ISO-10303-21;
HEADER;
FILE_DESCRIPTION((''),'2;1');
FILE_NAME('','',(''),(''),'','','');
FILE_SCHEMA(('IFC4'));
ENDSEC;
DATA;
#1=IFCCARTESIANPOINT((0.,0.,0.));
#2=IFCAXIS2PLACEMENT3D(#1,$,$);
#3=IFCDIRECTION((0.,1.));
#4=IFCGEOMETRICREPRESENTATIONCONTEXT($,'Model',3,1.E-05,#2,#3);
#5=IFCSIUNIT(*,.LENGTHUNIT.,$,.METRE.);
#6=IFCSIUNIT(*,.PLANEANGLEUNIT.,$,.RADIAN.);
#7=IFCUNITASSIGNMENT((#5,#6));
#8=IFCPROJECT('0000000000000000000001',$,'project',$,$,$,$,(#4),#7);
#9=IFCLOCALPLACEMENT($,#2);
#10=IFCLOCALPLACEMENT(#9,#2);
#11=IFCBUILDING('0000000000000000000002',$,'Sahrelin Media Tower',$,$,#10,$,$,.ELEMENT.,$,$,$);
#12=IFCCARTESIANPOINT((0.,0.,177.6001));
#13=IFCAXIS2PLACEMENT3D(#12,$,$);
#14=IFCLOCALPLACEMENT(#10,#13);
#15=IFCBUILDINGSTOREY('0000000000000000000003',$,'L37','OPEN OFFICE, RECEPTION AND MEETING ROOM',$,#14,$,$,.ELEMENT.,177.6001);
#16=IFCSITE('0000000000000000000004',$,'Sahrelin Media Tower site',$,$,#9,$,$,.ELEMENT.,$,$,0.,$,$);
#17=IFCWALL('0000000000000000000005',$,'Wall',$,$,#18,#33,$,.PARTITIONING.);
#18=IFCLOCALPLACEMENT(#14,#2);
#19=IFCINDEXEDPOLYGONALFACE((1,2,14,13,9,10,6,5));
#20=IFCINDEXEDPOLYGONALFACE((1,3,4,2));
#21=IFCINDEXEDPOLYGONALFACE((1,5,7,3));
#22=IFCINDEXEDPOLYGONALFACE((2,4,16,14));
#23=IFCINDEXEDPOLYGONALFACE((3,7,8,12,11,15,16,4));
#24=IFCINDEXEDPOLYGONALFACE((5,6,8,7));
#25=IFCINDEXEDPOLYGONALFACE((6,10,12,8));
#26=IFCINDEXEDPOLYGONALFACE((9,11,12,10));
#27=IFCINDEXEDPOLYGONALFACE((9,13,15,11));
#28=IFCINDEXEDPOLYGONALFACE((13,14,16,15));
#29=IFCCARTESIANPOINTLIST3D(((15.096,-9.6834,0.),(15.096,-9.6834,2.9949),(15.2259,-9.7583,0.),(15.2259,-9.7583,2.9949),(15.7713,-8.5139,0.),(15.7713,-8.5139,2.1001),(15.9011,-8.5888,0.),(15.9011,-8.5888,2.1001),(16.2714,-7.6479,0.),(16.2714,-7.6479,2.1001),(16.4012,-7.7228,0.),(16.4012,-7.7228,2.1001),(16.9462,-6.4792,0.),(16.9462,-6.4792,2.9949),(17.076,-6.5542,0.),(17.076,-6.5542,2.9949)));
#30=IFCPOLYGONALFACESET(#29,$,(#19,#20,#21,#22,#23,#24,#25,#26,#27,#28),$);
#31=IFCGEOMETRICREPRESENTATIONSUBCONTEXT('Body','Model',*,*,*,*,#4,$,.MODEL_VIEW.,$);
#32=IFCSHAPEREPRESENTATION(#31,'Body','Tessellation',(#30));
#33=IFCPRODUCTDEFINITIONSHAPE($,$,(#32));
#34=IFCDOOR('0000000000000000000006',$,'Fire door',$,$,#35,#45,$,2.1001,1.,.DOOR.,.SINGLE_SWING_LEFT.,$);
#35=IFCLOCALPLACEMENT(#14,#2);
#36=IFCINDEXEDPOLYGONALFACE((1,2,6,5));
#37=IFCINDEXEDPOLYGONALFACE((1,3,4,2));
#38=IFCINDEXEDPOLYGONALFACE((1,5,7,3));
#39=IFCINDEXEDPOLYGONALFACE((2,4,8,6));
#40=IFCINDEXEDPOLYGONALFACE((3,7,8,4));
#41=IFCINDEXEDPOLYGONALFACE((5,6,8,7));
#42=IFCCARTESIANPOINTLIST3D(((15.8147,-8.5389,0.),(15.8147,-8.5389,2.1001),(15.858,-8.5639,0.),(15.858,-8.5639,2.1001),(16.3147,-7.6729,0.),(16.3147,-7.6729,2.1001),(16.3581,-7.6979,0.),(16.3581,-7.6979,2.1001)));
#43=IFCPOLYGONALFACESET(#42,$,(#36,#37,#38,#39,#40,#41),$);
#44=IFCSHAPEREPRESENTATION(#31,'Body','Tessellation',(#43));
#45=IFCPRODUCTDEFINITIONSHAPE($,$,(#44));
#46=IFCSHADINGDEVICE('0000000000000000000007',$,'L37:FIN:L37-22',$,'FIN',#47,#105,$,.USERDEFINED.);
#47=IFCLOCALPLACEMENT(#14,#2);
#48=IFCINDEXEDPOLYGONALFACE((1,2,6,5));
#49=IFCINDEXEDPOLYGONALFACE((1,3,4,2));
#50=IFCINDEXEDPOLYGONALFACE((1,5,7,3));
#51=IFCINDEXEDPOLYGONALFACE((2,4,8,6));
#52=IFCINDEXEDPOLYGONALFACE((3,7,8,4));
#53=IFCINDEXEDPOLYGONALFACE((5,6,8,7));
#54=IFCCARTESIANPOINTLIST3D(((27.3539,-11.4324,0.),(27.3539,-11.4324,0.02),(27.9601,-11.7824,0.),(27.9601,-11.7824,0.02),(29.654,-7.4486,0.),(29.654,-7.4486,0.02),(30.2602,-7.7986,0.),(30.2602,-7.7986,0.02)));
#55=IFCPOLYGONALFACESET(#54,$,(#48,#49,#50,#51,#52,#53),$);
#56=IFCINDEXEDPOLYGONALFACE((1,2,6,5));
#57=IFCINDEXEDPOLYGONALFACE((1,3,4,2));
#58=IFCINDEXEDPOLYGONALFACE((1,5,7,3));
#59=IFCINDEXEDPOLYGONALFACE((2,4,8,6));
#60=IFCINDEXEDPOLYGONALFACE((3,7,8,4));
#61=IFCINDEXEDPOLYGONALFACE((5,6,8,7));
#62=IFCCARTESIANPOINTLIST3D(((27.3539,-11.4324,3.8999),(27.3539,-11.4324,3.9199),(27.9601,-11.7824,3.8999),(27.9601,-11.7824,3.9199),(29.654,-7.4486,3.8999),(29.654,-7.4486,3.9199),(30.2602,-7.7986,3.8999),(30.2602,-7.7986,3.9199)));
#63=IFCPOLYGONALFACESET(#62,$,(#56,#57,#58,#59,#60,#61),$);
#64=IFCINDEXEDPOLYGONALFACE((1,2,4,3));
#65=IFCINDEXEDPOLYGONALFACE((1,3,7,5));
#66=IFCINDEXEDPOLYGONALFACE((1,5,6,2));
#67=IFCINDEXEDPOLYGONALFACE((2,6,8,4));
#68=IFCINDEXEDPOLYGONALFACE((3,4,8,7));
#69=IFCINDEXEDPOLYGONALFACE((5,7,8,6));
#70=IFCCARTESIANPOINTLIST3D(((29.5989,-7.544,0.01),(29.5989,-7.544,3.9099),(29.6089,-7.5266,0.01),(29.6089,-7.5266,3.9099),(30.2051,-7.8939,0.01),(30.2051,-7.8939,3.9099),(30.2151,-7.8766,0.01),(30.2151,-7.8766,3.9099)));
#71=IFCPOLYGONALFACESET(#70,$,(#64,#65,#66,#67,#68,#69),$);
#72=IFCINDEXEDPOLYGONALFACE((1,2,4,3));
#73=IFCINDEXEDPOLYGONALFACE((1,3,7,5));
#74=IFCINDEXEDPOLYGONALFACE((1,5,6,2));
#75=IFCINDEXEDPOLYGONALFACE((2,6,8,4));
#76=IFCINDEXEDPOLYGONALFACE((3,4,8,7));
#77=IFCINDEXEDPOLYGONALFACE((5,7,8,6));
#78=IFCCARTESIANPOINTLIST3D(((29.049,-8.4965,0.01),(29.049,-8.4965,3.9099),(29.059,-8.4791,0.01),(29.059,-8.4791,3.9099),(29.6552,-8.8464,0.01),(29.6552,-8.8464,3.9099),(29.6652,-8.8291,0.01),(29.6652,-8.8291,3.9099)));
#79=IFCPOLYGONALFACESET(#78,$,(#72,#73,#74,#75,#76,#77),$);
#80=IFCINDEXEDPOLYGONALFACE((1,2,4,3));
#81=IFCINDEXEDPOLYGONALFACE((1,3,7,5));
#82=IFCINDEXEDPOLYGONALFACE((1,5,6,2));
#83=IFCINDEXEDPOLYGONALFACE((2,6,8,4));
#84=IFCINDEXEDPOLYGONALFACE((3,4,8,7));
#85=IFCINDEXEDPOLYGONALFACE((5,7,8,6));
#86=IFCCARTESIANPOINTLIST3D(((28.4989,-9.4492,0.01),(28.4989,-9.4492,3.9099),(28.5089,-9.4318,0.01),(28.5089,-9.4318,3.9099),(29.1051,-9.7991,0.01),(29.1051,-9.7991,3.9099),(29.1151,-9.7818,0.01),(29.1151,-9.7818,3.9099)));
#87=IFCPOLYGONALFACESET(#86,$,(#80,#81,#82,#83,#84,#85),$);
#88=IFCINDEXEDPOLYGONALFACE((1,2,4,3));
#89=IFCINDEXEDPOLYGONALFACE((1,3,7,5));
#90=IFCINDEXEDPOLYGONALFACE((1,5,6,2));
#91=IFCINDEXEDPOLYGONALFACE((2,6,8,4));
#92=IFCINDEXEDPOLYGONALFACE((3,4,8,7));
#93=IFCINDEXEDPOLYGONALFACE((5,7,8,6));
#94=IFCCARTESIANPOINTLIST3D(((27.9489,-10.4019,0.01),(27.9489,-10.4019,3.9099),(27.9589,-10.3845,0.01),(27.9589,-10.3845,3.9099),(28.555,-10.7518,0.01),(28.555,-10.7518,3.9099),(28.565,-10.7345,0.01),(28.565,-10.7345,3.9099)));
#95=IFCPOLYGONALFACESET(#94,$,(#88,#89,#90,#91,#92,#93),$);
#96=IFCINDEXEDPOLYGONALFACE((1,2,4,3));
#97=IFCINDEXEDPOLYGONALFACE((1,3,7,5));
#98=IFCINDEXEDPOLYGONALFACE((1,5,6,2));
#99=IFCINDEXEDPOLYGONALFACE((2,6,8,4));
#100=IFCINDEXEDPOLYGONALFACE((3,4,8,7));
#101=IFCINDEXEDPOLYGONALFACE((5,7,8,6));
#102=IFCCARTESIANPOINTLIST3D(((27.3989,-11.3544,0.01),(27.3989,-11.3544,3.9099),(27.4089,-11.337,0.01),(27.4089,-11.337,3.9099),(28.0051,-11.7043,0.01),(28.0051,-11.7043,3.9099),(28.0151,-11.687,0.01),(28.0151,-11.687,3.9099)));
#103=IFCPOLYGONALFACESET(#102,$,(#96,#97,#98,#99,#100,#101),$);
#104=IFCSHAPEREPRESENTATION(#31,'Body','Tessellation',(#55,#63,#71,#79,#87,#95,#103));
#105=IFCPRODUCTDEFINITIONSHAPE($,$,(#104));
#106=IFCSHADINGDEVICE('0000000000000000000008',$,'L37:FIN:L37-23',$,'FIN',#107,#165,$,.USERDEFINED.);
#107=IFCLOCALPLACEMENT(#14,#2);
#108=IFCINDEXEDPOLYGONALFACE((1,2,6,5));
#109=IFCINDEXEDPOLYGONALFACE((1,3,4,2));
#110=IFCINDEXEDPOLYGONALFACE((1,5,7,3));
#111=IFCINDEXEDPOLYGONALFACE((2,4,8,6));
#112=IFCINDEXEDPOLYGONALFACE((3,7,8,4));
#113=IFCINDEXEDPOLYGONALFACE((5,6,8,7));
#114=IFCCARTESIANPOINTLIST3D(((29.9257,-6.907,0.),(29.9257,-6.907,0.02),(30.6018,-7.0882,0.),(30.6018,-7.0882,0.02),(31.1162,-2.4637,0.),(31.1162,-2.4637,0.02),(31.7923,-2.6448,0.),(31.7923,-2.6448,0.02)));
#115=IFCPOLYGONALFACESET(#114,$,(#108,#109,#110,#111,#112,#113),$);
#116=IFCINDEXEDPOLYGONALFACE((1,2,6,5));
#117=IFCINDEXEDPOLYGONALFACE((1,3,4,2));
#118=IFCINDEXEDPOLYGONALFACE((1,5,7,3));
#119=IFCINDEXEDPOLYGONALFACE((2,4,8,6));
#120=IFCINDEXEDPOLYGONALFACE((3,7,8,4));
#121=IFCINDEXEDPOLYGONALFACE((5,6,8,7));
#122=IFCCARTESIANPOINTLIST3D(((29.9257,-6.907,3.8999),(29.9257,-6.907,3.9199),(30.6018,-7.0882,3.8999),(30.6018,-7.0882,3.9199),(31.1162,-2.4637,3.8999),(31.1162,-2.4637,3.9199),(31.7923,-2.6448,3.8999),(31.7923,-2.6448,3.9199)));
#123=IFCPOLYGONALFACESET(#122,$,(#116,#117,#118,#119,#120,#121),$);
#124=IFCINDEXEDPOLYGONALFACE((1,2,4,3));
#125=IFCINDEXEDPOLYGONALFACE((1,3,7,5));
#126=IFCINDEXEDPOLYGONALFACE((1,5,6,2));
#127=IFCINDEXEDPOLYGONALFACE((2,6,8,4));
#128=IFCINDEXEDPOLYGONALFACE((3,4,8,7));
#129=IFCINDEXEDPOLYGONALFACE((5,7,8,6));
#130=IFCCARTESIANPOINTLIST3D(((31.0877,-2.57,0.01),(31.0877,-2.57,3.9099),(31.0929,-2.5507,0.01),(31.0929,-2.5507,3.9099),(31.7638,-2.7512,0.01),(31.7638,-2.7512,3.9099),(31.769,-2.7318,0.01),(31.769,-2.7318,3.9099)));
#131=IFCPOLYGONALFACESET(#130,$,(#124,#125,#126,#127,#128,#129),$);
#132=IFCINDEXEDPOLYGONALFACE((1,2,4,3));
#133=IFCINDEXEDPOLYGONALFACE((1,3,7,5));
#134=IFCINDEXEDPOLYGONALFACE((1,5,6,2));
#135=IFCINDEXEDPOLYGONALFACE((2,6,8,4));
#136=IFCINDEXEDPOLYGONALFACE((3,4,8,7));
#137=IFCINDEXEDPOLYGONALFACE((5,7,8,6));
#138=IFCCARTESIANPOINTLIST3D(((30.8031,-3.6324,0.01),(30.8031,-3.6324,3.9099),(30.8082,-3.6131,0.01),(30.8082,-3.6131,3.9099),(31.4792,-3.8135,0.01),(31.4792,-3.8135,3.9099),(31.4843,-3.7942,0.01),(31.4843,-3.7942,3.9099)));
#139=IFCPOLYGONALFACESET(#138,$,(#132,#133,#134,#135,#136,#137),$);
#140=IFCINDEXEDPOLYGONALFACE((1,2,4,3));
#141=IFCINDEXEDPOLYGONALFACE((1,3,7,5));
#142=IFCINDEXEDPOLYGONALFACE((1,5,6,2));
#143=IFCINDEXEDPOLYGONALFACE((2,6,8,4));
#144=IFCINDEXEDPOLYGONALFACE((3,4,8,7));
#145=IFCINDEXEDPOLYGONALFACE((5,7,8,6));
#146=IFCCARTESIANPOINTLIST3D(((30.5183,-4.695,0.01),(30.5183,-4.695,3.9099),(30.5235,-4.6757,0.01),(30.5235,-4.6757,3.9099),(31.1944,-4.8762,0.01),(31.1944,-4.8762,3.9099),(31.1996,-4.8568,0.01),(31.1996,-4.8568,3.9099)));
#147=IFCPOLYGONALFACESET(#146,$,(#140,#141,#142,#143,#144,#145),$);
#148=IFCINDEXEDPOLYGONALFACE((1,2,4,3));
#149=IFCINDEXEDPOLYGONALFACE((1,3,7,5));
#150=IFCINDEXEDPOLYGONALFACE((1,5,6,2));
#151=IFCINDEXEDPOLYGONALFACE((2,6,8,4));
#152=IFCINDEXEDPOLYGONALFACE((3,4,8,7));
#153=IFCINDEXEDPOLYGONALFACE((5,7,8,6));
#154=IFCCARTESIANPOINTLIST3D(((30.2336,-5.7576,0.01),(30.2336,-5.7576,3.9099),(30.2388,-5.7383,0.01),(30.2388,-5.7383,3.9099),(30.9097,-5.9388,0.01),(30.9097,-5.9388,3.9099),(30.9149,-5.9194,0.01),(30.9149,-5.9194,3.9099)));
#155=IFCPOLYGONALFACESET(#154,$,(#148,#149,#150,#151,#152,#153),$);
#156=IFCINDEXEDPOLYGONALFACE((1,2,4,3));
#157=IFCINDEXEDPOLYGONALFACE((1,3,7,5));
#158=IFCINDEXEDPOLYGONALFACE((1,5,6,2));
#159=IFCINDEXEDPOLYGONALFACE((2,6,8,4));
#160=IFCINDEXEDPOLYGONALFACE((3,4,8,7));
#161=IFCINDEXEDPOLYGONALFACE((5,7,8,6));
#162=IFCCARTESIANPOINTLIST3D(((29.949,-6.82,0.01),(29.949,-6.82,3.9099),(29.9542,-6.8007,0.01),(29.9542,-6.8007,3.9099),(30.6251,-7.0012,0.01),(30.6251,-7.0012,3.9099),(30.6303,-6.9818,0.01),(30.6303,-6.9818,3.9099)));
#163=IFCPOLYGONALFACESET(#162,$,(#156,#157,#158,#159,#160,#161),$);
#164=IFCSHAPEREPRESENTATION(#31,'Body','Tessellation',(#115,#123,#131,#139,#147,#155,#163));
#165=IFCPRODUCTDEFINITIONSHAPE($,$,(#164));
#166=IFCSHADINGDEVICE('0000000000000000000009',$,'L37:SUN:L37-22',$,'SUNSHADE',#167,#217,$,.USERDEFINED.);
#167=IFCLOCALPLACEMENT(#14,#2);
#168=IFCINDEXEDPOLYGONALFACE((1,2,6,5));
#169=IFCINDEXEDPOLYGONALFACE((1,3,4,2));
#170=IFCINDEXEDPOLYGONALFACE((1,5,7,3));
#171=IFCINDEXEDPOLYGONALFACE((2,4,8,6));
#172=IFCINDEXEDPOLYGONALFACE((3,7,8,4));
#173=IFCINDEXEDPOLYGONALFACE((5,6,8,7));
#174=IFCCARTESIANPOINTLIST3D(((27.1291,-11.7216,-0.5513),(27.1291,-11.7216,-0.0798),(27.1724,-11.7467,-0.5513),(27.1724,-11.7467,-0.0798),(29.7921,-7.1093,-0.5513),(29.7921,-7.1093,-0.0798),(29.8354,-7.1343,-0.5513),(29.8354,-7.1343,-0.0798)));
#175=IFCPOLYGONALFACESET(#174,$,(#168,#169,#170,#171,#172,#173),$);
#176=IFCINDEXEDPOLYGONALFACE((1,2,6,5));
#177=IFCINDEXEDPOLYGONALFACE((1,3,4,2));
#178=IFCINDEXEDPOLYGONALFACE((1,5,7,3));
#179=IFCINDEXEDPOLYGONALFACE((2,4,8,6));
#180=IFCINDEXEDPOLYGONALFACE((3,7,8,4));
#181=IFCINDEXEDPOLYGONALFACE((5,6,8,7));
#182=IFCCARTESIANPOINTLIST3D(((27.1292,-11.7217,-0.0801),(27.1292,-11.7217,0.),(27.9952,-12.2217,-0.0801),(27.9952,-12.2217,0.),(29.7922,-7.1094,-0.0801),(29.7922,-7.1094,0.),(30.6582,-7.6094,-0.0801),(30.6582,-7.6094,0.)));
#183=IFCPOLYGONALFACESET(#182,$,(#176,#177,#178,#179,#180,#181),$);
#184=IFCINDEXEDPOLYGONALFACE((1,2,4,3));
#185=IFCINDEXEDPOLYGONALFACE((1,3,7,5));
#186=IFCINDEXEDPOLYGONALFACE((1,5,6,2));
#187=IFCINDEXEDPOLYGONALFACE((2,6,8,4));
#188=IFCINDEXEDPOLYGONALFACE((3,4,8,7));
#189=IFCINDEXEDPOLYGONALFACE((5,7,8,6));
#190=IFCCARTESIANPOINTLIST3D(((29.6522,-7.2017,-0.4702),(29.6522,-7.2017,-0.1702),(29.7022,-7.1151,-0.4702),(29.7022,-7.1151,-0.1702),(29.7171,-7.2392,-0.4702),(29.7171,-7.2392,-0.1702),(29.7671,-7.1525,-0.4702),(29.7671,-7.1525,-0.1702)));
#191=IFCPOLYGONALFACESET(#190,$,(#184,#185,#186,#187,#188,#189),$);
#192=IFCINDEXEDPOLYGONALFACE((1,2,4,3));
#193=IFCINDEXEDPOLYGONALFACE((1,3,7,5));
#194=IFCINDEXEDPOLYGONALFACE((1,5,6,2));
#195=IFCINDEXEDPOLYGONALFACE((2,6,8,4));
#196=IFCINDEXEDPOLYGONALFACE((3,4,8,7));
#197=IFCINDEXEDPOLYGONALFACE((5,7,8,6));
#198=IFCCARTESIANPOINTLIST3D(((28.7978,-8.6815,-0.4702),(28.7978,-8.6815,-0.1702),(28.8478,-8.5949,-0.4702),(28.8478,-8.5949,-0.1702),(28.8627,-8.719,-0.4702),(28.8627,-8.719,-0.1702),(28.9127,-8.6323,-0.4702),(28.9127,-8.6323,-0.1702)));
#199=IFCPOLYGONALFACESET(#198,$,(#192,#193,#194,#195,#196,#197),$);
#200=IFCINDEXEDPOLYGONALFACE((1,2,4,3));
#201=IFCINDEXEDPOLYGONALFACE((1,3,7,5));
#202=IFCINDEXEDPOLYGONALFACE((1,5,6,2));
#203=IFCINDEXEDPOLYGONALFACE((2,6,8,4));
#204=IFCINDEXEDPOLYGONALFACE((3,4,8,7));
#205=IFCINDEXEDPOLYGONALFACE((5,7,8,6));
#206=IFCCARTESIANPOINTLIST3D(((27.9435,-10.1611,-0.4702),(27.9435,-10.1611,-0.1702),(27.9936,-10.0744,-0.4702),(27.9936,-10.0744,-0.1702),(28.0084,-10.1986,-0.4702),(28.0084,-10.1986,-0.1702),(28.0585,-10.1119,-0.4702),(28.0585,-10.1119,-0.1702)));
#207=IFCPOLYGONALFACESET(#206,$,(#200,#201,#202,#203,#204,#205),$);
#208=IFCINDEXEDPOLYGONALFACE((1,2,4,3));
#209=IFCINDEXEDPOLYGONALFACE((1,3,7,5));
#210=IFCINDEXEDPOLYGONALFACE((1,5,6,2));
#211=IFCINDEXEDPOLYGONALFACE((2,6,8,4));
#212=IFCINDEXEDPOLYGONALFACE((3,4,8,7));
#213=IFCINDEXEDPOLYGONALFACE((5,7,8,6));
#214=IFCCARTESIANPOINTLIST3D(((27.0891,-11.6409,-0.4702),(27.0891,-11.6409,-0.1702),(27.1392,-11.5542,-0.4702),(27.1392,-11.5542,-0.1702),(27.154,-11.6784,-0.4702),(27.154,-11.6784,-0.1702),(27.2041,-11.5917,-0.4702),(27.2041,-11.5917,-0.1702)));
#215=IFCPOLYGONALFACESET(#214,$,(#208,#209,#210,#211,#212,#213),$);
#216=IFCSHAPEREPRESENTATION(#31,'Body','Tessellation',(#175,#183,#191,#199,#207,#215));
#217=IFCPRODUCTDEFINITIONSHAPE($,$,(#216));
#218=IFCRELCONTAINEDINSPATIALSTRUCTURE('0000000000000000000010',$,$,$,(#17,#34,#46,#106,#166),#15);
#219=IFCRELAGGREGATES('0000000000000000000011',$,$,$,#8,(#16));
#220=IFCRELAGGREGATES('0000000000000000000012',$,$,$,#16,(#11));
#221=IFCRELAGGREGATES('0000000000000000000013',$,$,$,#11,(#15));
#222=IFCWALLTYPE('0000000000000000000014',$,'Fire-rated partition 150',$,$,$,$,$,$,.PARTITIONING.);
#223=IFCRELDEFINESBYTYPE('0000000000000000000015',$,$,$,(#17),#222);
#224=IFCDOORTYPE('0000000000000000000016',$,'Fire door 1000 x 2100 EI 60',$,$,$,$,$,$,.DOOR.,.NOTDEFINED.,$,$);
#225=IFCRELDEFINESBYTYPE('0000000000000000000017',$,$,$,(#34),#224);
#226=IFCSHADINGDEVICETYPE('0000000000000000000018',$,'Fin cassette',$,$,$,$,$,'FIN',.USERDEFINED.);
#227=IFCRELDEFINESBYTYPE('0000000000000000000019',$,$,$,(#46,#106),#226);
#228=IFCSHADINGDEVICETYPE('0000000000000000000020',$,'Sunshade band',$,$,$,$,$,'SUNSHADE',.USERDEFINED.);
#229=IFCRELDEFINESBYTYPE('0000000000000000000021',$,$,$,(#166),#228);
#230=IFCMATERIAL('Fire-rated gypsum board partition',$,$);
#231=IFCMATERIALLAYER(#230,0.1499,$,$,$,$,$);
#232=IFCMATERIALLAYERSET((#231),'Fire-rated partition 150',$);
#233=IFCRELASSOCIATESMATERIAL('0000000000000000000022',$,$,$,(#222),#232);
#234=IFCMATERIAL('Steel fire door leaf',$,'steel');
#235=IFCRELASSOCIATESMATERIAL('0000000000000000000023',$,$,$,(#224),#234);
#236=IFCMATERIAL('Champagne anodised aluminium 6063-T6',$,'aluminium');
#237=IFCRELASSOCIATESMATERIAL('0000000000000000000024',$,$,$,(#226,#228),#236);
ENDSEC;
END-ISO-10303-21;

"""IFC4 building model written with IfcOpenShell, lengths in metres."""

from ifc_helpers import new_model, si_unit, direction, frame, frame_2d, origin, origin_2d, place, context, subcontext, project, spatial, rectangle, extrude, material, layer, layer_set, type_object, element, fill, save


model = new_model("IFC4")

# Units and contexts
model_context = context("Model", 3, precision=1e-05, world=origin(), true_north=direction((0.0, 1.0)))
body_context = subcontext(model_context, "Body", "Model", "MODEL_VIEW")
ifc_project = project(units=[si_unit("LENGTHUNIT", "METRE"), si_unit("PLANEANGLEUNIT", "RADIAN")], contexts=[model_context])

# Site, building, storey
site_placement = place(None, origin())
site = spatial("IfcSite", under=ifc_project, at=site_placement, Name="Sahrelin Media Tower site", CompositionType="ELEMENT", RefElevation=0.0)
building_placement = place(site_placement, origin())
building = spatial("IfcBuilding", under=site, at=building_placement, Name="Sahrelin Media Tower", CompositionType="ELEMENT")
storey_placement = place(building_placement, frame((0.0, 0.0, 177.6001)))
storey = spatial("IfcBuildingStorey", under=building, at=storey_placement, Name="L37", Description="OPEN OFFICE, RECEPTION AND MEETING ROOM", CompositionType="ELEMENT", Elevation=177.6001)

# Shared definitions
ifc_material_1 = material(Name="Champagne anodised aluminium 6063-T6", Category="aluminium")

# Shared definitions
ifc_material_2 = material(Name="Fire-rated gypsum board partition")
ifc_layer_1 = layer(ifc_material_2, 0.1499)
ifc_layer_set_1 = layer_set([ifc_layer_1], Name="Fire-rated partition 150")
wall_type = type_object("IfcWallType", Name="Fire-rated partition 150", PredefinedType="PARTITIONING", material=ifc_layer_set_1)

# Wall, opening, door
wall_1_placement = place(storey_placement, frame((15.1609, -9.7209, 0.0), z_axis=(0.0, 0.0, 1.0), x_axis=(0.500042, 0.866001, 0.0)))
wall_1 = element("IfcWall", 1, at=wall_1_placement, inside=storey, type_object=wall_type, Name="Wall", PredefinedType="PARTITIONING", context=body_context, shape_type="SweptSolid", body=[
    extrude(rectangle(XDim=3.7, YDim=0.1499, at=frame_2d((1.8501, 0.0))), origin(), (0.0, 0.0, 1.0), 2.9949),
])
opening_placement = place(wall_1_placement, frame((1.3506, 0.0, 0.0)))
opening = element("IfcOpeningElement", 2, at=opening_placement, cuts=wall_1, PredefinedType="OPENING", context=body_context, shape_type="SweptSolid", body=[
    extrude(rectangle(XDim=1.0, YDim=2.1001, at=frame_2d((0.5, 1.05))), frame((0.0, 0.075, 0.0), z_axis=(0.0, -1.0, 0.0), x_axis=(1.0, 0.0, 0.0)), (0.0, 0.0, 1.0), 0.1499),
])
ifc_material_3 = material(Name="Steel fire door leaf", Category="steel")
door_type = type_object("IfcDoorType", Name="Fire door 1000 x 2100 EI 60", OperationType="NOTDEFINED", PredefinedType="DOOR", material=ifc_material_3)
door_placement = place(opening_placement, origin())
door = element("IfcDoor", 3, at=door_placement, inside=storey, type_object=door_type, Name="Fire door", OperationType="SINGLE_SWING_LEFT", OverallHeight=2.1001, OverallWidth=1.0, PredefinedType="DOOR", context=body_context, shape_type="SweptSolid", body=[
    extrude(rectangle(XDim=1.0, YDim=2.1001, at=frame_2d((0.5, 1.05))), frame((0.0, 0.0249, 0.0), z_axis=(0.0, -1.0, 0.0), x_axis=(1.0, 0.0, 0.0)), (0.0, 0.0, 1.0), 0.05),
])
fill(opening, door)

# Shading devices
shading_device_type_1 = type_object("IfcShadingDeviceType", Name="Fin cassette", ElementType="FIN", PredefinedType="USERDEFINED", material=ifc_material_1)
placement_1 = place(storey_placement, frame((28.4434, -9.4055, 0.0), z_axis=(0.0, 0.0, 1.0), x_axis=(-0.500011, -0.866019, 0.0)))
element("IfcShadingDevice", 4, at=placement_1, inside=storey, type_object=shading_device_type_1, Name="L37:FIN:L37-22", ObjectType="FIN", PredefinedType="USERDEFINED", context=body_context, shape_type="SweptSolid", body=[
    extrude(rectangle(XDim=4.6001, YDim=0.7, at=origin_2d()), frame((0.0, 0.4199, 0.0)), (0.0, 0.0, 1.0), 0.02),
    extrude(rectangle(XDim=4.6001, YDim=0.7, at=origin_2d()), frame((0.0, 0.4199, 3.8999)), (0.0, 0.0, 1.0), 0.02),
    extrude(rectangle(XDim=0.02, YDim=0.7, at=origin_2d()), frame((-2.2, 0.4199, 0.01), z_axis=(0.0, 0.0, 1.0), x_axis=(1.0, 0.0, 0.0)), (0.0, 0.0, 1.0), 3.8999),
    extrude(rectangle(XDim=0.02, YDim=0.7, at=origin_2d()), frame((-1.1001, 0.4199, 0.01), z_axis=(0.0, 0.0, 1.0), x_axis=(1.0, 0.0, 0.0)), (0.0, 0.0, 1.0), 3.8999),
    extrude(rectangle(XDim=0.02, YDim=0.7, at=origin_2d()), frame((0.0, 0.4199, 0.01), z_axis=(0.0, 0.0, 1.0), x_axis=(1.0, 0.0, 0.0)), (0.0, 0.0, 1.0), 3.8999),
    extrude(rectangle(XDim=0.02, YDim=0.7, at=origin_2d()), frame((1.1001, 0.4199, 0.01), z_axis=(0.0, 0.0, 1.0), x_axis=(1.0, 0.0, 0.0)), (0.0, 0.0, 1.0), 3.8999),
    extrude(rectangle(XDim=0.02, YDim=0.7, at=origin_2d()), frame((2.2, 0.4199, 0.01), z_axis=(0.0, 0.0, 1.0), x_axis=(1.0, 0.0, 0.0)), (0.0, 0.0, 1.0), 3.8999),
])
placement_2 = place(storey_placement, frame((30.4534, -4.6672, 0.0), z_axis=(0.0, 0.0, 1.0), x_axis=(-0.258808, -0.965929, 0.0)))
element("IfcShadingDevice", 5, at=placement_2, inside=storey, type_object=shading_device_type_1, Name="L37:FIN:L37-23", ObjectType="FIN", PredefinedType="USERDEFINED", context=body_context, shape_type="SweptSolid", body=[
    extrude(rectangle(XDim=4.6001, YDim=0.7, at=origin_2d()), frame((0.0, 0.4199, 0.0)), (0.0, 0.0, 1.0), 0.02),
    extrude(rectangle(XDim=4.6001, YDim=0.7, at=origin_2d()), frame((0.0, 0.4199, 3.8999)), (0.0, 0.0, 1.0), 0.02),
    extrude(rectangle(XDim=0.02, YDim=0.7, at=origin_2d()), frame((-2.2, 0.4199, 0.01), z_axis=(0.0, 0.0, 1.0), x_axis=(1.0, 0.0, 0.0)), (0.0, 0.0, 1.0), 3.8999),
    extrude(rectangle(XDim=0.02, YDim=0.7, at=origin_2d()), frame((-1.1001, 0.4199, 0.01), z_axis=(0.0, 0.0, 1.0), x_axis=(1.0, 0.0, 0.0)), (0.0, 0.0, 1.0), 3.8999),
    extrude(rectangle(XDim=0.02, YDim=0.7, at=origin_2d()), frame((0.0, 0.4199, 0.01), z_axis=(0.0, 0.0, 1.0), x_axis=(1.0, 0.0, 0.0)), (0.0, 0.0, 1.0), 3.8999),
    extrude(rectangle(XDim=0.02, YDim=0.7, at=origin_2d()), frame((1.1001, 0.4199, 0.01), z_axis=(0.0, 0.0, 1.0), x_axis=(1.0, 0.0, 0.0)), (0.0, 0.0, 1.0), 3.8999),
    extrude(rectangle(XDim=0.02, YDim=0.7, at=origin_2d()), frame((2.2, 0.4199, 0.01), z_axis=(0.0, 0.0, 1.0), x_axis=(1.0, 0.0, 0.0)), (0.0, 0.0, 1.0), 3.8999),
])
shading_device_type_2 = type_object("IfcShadingDeviceType", Name="Sunshade band", ElementType="SUNSHADE", PredefinedType="USERDEFINED", material=ifc_material_1)
element("IfcShadingDevice", 6, at=placement_1, inside=storey, type_object=shading_device_type_2, Name="L37:SUN:L37-22", ObjectType="SUNSHADE", PredefinedType="USERDEFINED", context=body_context, shape_type="SweptSolid", body=[
    extrude(rectangle(XDim=5.3259, YDim=0.05, at=origin_2d()), frame((0.0, 0.0449, -0.5513)), (0.0, 0.0, 1.0), 0.4714),
    extrude(rectangle(XDim=5.3259, YDim=1.0, at=origin_2d()), frame((0.0, 0.52, -0.0801)), (0.0, 0.0, 1.0), 0.0801),
    extrude(rectangle(XDim=0.1001, YDim=0.075, at=origin_2d()), frame((-2.563, -0.0176, -0.4702)), (0.0, 0.0, 1.0), 0.3),
    extrude(rectangle(XDim=0.1001, YDim=0.075, at=origin_2d()), frame((-0.8542, -0.0176, -0.4702)), (0.0, 0.0, 1.0), 0.3),
    extrude(rectangle(XDim=0.1001, YDim=0.075, at=origin_2d()), frame((0.8542, -0.0176, -0.4702)), (0.0, 0.0, 1.0), 0.3),
    extrude(rectangle(XDim=0.1001, YDim=0.075, at=origin_2d()), frame((2.563, -0.0176, -0.4702)), (0.0, 0.0, 1.0), 0.3),
])

save(model, "model.ifc")
